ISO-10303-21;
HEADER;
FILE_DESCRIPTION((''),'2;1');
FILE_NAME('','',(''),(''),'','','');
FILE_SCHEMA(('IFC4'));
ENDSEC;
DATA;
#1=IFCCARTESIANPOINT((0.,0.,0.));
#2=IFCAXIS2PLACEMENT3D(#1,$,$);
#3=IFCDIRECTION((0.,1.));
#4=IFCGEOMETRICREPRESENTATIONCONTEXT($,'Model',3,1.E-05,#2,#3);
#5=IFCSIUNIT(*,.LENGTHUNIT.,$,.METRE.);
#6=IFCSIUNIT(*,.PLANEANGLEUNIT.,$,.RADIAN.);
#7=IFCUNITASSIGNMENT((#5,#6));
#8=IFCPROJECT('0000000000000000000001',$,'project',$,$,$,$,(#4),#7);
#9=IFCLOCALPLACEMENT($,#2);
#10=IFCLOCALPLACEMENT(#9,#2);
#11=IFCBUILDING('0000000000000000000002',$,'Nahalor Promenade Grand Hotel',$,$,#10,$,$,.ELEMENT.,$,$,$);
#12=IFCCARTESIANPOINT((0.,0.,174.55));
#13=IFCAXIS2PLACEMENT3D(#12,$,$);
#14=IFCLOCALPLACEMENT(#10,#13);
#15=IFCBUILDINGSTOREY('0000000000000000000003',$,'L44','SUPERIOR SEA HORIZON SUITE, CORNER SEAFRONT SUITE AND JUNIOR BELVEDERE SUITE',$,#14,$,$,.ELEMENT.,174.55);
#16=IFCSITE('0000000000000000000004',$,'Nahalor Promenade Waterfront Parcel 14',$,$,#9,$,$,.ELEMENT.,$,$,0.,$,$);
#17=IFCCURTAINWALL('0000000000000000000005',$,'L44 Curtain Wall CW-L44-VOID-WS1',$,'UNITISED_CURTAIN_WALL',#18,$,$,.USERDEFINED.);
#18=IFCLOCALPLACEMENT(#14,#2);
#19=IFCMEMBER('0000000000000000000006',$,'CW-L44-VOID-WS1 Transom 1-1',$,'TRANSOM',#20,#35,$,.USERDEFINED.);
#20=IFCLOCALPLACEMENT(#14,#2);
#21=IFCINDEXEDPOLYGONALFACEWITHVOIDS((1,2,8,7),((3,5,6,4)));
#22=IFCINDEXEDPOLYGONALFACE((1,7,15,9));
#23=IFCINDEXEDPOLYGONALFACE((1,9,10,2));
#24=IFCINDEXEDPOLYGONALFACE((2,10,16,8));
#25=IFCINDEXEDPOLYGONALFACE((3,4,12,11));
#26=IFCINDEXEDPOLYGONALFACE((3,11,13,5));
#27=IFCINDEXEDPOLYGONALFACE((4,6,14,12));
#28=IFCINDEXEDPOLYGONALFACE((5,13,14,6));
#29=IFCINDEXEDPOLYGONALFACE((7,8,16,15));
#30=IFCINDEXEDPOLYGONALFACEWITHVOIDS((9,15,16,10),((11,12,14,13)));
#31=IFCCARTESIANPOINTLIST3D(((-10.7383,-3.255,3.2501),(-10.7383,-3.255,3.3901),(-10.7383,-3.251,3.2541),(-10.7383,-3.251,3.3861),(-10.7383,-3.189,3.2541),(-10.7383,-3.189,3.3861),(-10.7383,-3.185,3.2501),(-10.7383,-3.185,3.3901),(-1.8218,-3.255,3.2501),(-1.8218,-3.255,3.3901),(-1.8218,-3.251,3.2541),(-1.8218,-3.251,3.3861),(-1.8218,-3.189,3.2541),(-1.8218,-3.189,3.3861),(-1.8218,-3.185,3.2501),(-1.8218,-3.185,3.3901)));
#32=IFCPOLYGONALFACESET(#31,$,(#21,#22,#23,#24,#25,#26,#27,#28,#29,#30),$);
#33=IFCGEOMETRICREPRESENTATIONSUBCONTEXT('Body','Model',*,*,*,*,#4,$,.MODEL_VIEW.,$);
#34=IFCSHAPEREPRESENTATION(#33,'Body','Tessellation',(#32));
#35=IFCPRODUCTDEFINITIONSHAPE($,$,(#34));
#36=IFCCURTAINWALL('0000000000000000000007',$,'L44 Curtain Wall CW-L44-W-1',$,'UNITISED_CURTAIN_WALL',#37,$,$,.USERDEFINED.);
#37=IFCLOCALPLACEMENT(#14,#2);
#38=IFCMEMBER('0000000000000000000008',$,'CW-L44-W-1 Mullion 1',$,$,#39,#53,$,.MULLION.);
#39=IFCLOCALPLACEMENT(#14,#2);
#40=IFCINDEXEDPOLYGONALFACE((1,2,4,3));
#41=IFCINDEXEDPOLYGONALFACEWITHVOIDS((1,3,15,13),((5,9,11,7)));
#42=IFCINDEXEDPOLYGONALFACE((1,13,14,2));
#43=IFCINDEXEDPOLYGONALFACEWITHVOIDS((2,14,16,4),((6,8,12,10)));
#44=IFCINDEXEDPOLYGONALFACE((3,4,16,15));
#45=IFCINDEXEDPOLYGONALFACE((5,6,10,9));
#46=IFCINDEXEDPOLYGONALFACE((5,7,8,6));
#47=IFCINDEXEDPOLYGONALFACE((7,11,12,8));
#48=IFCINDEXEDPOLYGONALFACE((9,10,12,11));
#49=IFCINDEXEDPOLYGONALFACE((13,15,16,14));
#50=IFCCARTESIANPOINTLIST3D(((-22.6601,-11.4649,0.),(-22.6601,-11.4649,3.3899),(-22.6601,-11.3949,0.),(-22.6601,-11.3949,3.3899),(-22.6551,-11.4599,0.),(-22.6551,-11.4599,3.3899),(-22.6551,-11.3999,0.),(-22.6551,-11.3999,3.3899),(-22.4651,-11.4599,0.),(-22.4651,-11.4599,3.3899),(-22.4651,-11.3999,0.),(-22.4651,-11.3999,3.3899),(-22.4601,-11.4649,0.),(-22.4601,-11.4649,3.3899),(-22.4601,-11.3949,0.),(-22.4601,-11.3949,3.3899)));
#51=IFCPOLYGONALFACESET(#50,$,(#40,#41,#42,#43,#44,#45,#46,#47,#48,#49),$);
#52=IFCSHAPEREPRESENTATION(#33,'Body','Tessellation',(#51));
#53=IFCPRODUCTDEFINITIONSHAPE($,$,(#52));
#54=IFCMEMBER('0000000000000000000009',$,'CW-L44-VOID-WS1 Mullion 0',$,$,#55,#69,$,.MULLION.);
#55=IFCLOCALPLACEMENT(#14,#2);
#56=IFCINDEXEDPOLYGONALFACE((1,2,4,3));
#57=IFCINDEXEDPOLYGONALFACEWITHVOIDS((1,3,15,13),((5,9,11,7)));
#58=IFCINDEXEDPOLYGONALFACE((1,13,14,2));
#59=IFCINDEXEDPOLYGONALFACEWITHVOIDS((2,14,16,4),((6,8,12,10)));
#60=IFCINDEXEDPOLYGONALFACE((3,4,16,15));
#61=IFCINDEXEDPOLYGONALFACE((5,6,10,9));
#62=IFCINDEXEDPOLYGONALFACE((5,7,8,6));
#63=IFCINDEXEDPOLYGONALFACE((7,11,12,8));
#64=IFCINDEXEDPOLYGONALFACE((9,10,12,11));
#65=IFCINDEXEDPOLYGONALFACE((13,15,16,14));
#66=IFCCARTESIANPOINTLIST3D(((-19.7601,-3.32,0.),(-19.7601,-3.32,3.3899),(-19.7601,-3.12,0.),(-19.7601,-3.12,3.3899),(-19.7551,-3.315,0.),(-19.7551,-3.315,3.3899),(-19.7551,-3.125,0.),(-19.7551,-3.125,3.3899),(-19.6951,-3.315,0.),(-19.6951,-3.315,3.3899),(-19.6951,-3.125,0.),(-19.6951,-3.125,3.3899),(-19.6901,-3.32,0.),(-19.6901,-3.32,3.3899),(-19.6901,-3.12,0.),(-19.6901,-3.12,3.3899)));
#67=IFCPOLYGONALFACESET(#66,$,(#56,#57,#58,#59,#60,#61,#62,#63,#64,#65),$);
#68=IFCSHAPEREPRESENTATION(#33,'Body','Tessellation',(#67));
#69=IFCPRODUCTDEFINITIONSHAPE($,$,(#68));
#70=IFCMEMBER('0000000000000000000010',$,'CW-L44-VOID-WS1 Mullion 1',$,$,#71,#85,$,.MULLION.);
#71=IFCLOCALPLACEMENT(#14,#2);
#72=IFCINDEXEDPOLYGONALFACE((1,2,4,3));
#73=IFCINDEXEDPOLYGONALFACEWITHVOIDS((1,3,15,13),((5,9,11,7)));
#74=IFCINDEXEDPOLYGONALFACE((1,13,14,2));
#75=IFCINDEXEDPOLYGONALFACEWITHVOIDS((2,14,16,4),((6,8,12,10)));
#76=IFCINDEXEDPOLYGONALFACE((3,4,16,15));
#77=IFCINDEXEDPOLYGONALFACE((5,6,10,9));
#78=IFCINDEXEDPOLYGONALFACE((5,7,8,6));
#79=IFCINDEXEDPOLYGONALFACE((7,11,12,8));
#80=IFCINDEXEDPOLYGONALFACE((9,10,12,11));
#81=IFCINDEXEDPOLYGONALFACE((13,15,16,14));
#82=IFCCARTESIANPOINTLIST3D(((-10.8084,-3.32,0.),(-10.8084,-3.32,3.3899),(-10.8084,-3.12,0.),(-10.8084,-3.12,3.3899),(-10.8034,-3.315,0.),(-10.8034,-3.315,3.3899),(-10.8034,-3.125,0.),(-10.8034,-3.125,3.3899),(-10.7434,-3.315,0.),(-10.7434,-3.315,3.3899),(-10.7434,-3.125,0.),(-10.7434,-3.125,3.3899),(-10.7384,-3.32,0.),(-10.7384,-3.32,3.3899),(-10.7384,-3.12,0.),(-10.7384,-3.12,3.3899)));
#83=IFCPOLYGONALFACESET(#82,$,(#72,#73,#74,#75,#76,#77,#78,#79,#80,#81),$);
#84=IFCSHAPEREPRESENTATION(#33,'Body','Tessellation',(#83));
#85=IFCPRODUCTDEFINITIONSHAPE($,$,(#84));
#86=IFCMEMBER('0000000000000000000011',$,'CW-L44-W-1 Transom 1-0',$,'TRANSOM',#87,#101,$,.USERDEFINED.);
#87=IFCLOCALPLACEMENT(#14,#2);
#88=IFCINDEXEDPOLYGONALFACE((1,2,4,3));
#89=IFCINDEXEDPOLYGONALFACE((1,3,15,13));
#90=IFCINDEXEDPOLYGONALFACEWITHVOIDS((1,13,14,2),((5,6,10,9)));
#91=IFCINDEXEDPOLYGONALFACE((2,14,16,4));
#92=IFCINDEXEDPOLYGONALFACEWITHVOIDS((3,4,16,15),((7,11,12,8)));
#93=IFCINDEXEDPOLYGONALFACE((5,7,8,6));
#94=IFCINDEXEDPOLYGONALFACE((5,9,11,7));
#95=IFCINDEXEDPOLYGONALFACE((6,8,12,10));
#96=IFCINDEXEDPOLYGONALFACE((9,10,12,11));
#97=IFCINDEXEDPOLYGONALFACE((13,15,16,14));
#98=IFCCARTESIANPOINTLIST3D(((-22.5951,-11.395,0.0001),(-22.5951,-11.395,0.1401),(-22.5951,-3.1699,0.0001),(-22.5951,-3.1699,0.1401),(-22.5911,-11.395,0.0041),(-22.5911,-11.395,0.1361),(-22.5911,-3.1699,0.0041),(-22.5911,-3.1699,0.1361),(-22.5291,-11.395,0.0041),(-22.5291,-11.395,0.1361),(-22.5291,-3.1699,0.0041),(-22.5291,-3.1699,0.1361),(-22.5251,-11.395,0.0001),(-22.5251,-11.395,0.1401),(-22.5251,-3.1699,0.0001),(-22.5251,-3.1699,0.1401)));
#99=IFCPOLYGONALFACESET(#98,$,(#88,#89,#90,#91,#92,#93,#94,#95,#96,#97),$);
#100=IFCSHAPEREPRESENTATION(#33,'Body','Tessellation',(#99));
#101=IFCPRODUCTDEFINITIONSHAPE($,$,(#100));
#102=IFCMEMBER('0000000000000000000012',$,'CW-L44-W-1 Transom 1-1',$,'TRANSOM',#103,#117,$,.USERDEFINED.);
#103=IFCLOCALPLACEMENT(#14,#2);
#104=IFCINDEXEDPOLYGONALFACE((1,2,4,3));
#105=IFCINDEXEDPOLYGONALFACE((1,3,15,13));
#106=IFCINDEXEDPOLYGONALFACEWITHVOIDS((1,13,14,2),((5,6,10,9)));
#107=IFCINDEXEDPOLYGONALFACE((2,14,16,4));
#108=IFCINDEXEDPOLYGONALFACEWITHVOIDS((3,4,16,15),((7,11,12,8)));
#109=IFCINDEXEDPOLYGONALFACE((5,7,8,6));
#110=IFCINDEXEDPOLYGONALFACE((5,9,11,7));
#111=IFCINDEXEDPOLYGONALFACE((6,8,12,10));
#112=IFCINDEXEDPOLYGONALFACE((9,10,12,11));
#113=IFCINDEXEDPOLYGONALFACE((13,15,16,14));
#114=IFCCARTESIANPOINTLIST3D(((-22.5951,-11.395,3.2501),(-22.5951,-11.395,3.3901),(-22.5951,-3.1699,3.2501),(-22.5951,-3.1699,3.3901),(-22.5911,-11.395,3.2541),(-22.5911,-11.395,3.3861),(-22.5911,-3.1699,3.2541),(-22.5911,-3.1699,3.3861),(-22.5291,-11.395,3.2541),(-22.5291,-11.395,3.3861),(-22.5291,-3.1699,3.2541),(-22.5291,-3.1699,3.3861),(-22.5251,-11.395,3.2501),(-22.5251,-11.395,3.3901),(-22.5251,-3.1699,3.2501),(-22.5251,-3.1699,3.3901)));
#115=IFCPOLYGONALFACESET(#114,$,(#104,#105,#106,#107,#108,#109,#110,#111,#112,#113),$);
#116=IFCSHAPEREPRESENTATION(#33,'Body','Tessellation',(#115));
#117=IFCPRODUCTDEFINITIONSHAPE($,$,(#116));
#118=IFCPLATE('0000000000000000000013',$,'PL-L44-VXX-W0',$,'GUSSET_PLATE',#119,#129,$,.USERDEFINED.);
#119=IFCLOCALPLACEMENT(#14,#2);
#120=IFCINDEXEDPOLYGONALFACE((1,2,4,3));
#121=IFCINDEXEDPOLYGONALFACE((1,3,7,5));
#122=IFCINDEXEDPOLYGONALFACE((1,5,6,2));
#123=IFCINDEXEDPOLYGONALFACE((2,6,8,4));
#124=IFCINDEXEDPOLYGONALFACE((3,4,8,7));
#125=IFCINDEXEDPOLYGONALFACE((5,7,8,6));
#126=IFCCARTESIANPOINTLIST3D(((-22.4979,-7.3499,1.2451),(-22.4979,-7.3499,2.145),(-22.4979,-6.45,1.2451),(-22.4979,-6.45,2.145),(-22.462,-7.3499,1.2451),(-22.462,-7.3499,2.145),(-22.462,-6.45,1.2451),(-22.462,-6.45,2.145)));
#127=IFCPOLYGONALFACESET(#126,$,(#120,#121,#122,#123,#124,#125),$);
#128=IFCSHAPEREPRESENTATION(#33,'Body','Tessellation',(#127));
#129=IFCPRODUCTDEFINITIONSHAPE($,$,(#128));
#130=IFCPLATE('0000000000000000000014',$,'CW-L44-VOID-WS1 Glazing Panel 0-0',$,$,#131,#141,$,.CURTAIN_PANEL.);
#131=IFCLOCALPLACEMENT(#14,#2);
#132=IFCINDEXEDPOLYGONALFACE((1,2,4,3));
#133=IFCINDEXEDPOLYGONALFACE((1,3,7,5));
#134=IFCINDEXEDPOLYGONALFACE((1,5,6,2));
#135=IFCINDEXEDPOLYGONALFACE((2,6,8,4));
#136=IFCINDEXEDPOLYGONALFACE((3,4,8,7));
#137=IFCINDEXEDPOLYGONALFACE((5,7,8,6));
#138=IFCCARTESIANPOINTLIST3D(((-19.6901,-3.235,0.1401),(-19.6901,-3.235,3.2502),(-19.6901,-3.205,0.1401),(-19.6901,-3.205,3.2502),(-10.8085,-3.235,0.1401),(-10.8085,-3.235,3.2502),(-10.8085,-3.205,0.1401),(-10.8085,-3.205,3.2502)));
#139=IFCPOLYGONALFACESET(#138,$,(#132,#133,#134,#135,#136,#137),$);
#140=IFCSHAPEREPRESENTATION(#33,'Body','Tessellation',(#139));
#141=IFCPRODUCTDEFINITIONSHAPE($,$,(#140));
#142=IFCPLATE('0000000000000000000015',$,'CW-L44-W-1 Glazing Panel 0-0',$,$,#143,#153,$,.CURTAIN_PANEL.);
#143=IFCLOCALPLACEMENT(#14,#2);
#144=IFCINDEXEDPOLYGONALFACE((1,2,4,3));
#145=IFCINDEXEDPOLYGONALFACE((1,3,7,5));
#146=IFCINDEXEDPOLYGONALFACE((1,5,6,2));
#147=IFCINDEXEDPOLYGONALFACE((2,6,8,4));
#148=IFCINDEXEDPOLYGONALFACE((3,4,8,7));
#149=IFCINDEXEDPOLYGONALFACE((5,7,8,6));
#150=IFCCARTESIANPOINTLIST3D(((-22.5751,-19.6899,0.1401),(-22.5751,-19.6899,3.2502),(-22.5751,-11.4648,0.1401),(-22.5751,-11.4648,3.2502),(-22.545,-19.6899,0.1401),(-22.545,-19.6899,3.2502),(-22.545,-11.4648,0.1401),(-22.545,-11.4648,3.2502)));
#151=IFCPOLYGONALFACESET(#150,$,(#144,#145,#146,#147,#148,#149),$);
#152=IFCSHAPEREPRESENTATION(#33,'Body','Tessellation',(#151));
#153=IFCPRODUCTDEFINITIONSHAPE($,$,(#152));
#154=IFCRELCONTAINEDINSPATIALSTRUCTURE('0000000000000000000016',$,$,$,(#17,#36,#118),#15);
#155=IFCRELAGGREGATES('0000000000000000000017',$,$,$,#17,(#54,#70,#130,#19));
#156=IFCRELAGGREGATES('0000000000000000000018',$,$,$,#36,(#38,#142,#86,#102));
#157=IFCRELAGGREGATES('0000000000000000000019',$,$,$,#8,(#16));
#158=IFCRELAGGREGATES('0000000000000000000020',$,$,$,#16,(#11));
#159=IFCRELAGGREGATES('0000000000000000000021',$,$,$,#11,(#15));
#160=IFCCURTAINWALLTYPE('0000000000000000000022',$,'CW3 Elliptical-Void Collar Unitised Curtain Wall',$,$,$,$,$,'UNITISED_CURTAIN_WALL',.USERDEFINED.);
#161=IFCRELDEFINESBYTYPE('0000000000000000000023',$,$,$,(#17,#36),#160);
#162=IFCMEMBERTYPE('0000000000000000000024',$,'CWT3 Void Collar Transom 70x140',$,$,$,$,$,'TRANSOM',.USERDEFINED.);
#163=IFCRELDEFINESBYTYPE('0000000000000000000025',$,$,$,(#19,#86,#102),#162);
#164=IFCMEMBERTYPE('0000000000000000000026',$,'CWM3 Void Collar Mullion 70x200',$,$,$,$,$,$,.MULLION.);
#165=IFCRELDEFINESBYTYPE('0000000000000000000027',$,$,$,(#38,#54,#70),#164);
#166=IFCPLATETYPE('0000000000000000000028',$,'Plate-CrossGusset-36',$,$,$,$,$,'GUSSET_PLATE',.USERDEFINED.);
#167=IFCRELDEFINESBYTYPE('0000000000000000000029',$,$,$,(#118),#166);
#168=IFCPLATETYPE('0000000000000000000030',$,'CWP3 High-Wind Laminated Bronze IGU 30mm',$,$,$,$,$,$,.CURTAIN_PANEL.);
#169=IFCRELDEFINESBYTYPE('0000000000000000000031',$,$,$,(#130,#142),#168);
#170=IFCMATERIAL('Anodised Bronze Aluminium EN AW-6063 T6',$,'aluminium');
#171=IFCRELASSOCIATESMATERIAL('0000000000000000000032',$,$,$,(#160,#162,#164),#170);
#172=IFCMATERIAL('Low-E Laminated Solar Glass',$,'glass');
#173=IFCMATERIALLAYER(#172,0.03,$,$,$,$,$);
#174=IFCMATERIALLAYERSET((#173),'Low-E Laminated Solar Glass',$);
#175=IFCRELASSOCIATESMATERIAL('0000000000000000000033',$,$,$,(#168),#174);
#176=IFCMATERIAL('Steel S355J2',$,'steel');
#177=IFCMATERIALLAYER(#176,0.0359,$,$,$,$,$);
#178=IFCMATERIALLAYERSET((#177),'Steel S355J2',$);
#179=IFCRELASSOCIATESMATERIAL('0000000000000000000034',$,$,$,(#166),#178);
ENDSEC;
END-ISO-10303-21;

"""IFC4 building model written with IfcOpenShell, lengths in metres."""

from ifc_helpers import new_model, si_unit, direction, frame, origin, origin_2d, place, context, subcontext, project, spatial, rectangle, hollow_rectangle, extrude, source, transform, mapped, material, layer, layer_set, material_profile, profile_set, type_object, element, aggregate, save


model = new_model("IFC4")

# Units and contexts
model_context = context("Model", 3, precision=1e-05, world=origin(), true_north=direction((0.0, 1.0)))
body_context = subcontext(model_context, "Body", "Model", "MODEL_VIEW")
ifc_project = project(units=[si_unit("LENGTHUNIT", "METRE"), si_unit("PLANEANGLEUNIT", "RADIAN")], contexts=[model_context])

# Site, building, storey
site_placement = place(None, origin())
site = spatial("IfcSite", under=ifc_project, at=site_placement, Name="Nahalor Promenade Waterfront Parcel 14", CompositionType="ELEMENT", RefElevation=0.0)
building_placement = place(site_placement, origin())
building = spatial("IfcBuilding", under=site, at=building_placement, Name="Nahalor Promenade Grand Hotel", CompositionType="ELEMENT")
storey_placement = place(building_placement, frame((0.0, 0.0, 174.55)))
storey = spatial("IfcBuildingStorey", under=building, at=storey_placement, Name="L44", Description="SUPERIOR SEA HORIZON SUITE, CORNER SEAFRONT SUITE AND JUNIOR BELVEDERE SUITE", CompositionType="ELEMENT", Elevation=174.55)

# Shared definitions
ifc_material_1 = material(Name="Steel S355J2", Category="steel")

# Curtain wall, member
ifc_material_2 = material(Name="Anodised Bronze Aluminium EN AW-6063 T6", Category="aluminium")
curtain_wall_type = type_object("IfcCurtainWallType", Name="CW3 Elliptical-Void Collar Unitised Curtain Wall", ElementType="UNITISED_CURTAIN_WALL", PredefinedType="USERDEFINED", material=ifc_material_2)
curtain_wall_1_placement = place(storey_placement, origin())
curtain_wall_1 = element("IfcCurtainWall", 1, at=curtain_wall_1_placement, inside=storey, type_object=curtain_wall_type, Name="L44 Curtain Wall CW-L44-VOID-WS1", ObjectType="UNITISED_CURTAIN_WALL", PredefinedType="USERDEFINED")
ifc_material_profile_1 = material_profile(ifc_material_2, hollow_rectangle(XDim=0.07, YDim=0.14, WallThickness=0.004, at=origin_2d()), Name="CWT 70x140x4")
ifc_profile_set_1 = profile_set([ifc_material_profile_1], Name="Anodised Bronze Aluminium EN AW-6063 T6")
member_type_1 = type_object("IfcMemberType", Name="CWT3 Void Collar Transom 70x140", ElementType="TRANSOM", PredefinedType="USERDEFINED", material=ifc_profile_set_1)
shared_shape_1 = source(origin(), body_context, "Body", "SweptSolid", [
    extrude(hollow_rectangle(XDim=0.07, YDim=0.14, WallThickness=0.004, at=origin_2d()), origin(), (0.0, 0.0, 1.0), 8.9165),
])
member_1_placement = place(storey_placement, frame((-10.7383, -3.22, 3.3201), z_axis=(1.0, 0.0, 0.0), x_axis=(0.0, 1.0, 0.0)))
member_1 = element("IfcMember", 2, at=member_1_placement, type_object=member_type_1, Name="CW-L44-VOID-WS1 Transom 1-1", ObjectType="TRANSOM", PredefinedType="USERDEFINED", context=body_context, shape_type="MappedRepresentation", body=[
    mapped(shared_shape_1, transform((0.0, 0.0, 0.0), scale=1.0)),
])

# Curtain wall, member
curtain_wall_2_placement = place(storey_placement, origin())
curtain_wall_2 = element("IfcCurtainWall", 3, at=curtain_wall_2_placement, inside=storey, type_object=curtain_wall_type, Name="L44 Curtain Wall CW-L44-W-1", ObjectType="UNITISED_CURTAIN_WALL", PredefinedType="USERDEFINED")
ifc_material_profile_2 = material_profile(ifc_material_2, hollow_rectangle(XDim=0.07, YDim=0.2, WallThickness=0.005, at=origin_2d()), Name="CWM 70x200x5")
ifc_profile_set_2 = profile_set([ifc_material_profile_2], Name="Anodised Bronze Aluminium EN AW-6063 T6")
member_type_2 = type_object("IfcMemberType", Name="CWM3 Void Collar Mullion 70x200", PredefinedType="MULLION", material=ifc_profile_set_2)
shared_shape_2 = source(origin(), body_context, "Body", "SweptSolid", [
    extrude(hollow_rectangle(XDim=0.07, YDim=0.2, WallThickness=0.005, at=origin_2d()), origin(), (0.0, 0.0, 1.0), 3.3899),
])
member_2_placement = place(storey_placement, frame((-22.5601, -11.4299, 0.0), z_axis=(0.0, 0.0, 1.0), x_axis=(0.0, 1.0, 0.0)))
member_2 = element("IfcMember", 4, at=member_2_placement, type_object=member_type_2, Name="CW-L44-W-1 Mullion 1", PredefinedType="MULLION", context=body_context, shape_type="MappedRepresentation", body=[
    mapped(shared_shape_2, transform((0.0, 0.0, 0.0), scale=1.0)),
])

# Members
member_3_placement = place(storey_placement, frame((-19.7251, -3.22, 0.0), z_axis=(0.0, 0.0, 1.0), x_axis=(1.0, 0.0, 0.0)))
member_3 = element("IfcMember", 5, at=member_3_placement, type_object=member_type_2, Name="CW-L44-VOID-WS1 Mullion 0", PredefinedType="MULLION", context=body_context, shape_type="MappedRepresentation", body=[
    mapped(shared_shape_2, transform((0.0, 0.0, 0.0), scale=1.0)),
])
member_4_placement = place(storey_placement, frame((-10.7734, -3.22, 0.0), z_axis=(0.0, 0.0, 1.0), x_axis=(1.0, 0.0, 0.0)))
member_4 = element("IfcMember", 6, at=member_4_placement, type_object=member_type_2, Name="CW-L44-VOID-WS1 Mullion 1", PredefinedType="MULLION", context=body_context, shape_type="MappedRepresentation", body=[
    mapped(shared_shape_2, transform((0.0, 0.0, 0.0), scale=1.0)),
])
shared_shape_3 = source(origin(), body_context, "Body", "SweptSolid", [
    extrude(hollow_rectangle(XDim=0.07, YDim=0.14, WallThickness=0.004, at=origin_2d()), origin(), (0.0, 0.0, 1.0), 8.2251),
])
member_5_placement = place(storey_placement, frame((-22.5601, -11.395, 0.0701), z_axis=(0.0, 1.0, 0.0), x_axis=(-1.0, 0.0, 0.0)))
member_5 = element("IfcMember", 7, at=member_5_placement, type_object=member_type_1, Name="CW-L44-W-1 Transom 1-0", ObjectType="TRANSOM", PredefinedType="USERDEFINED", context=body_context, shape_type="MappedRepresentation", body=[
    mapped(shared_shape_3, transform((0.0, 0.0, 0.0), scale=1.0)),
])
member_6_placement = place(storey_placement, frame((-22.5601, -11.395, 3.3201), z_axis=(0.0, 1.0, 0.0), x_axis=(-1.0, 0.0, 0.0)))
member_6 = element("IfcMember", 8, at=member_6_placement, type_object=member_type_1, Name="CW-L44-W-1 Transom 1-1", ObjectType="TRANSOM", PredefinedType="USERDEFINED", context=body_context, shape_type="MappedRepresentation", body=[
    mapped(shared_shape_3, transform((0.0, 0.0, 0.0), scale=1.0)),
])

# Plates
ifc_material_3 = material(Name="Low-E Laminated Solar Glass", Category="glass")
ifc_layer_1 = layer(ifc_material_3, 0.03)
ifc_layer_set_1 = layer_set([ifc_layer_1], Name="Low-E Laminated Solar Glass")
plate_type_1 = type_object("IfcPlateType", Name="CWP3 High-Wind Laminated Bronze IGU 30mm", PredefinedType="CURTAIN_PANEL", material=ifc_layer_set_1)
ifc_layer_2 = layer(ifc_material_1, 0.0359)
ifc_layer_set_2 = layer_set([ifc_layer_2], Name="Steel S355J2")
plate_type_2 = type_object("IfcPlateType", Name="Plate-CrossGusset-36", ElementType="GUSSET_PLATE", PredefinedType="USERDEFINED", material=ifc_layer_set_2)
shared_shape_4 = source(origin(), body_context, "Body", "SweptSolid", [
    extrude(rectangle(XDim=0.8999, YDim=0.0359, at=origin_2d()), origin(), (0.0, 0.0, 1.0), 0.8999),
])
plate_1_placement = place(storey_placement, frame((-22.48, -6.8999, 1.2451), z_axis=(0.0, 0.0, 1.0), x_axis=(0.0, 1.0, 0.0)))
element("IfcPlate", 9, at=plate_1_placement, inside=storey, type_object=plate_type_2, Name="PL-L44-VXX-W0", ObjectType="GUSSET_PLATE", PredefinedType="USERDEFINED", context=body_context, shape_type="MappedRepresentation", body=[
    mapped(shared_shape_4, transform((0.0, 0.0, 0.0), scale=1.0)),
])
shared_shape_5 = source(origin(), body_context, "Body", "SweptSolid", [
    extrude(rectangle(XDim=8.8816, YDim=0.03, at=origin_2d()), origin(), (0.0, 0.0, 1.0), 3.1101),
])
plate_2_placement = place(storey_placement, frame((-15.2493, -3.22, 0.1401), z_axis=(0.0, 0.0, 1.0), x_axis=(1.0, 0.0, 0.0)))
plate_2 = element("IfcPlate", 10, at=plate_2_placement, type_object=plate_type_1, Name="CW-L44-VOID-WS1 Glazing Panel 0-0", PredefinedType="CURTAIN_PANEL", context=body_context, shape_type="MappedRepresentation", body=[
    mapped(shared_shape_5, transform((0.0, 0.0, 0.0), scale=1.0)),
])
aggregate(curtain_wall_1, [member_3, member_4, plate_2, member_1])
shared_shape_6 = source(origin(), body_context, "Body", "SweptSolid", [
    extrude(rectangle(XDim=8.2251, YDim=0.03, at=origin_2d()), origin(), (0.0, 0.0, 1.0), 3.1101),
])
plate_3_placement = place(storey_placement, frame((-22.5601, -15.5774, 0.1401), z_axis=(0.0, 0.0, 1.0), x_axis=(0.0, 1.0, 0.0)))
plate_3 = element("IfcPlate", 11, at=plate_3_placement, type_object=plate_type_1, Name="CW-L44-W-1 Glazing Panel 0-0", PredefinedType="CURTAIN_PANEL", context=body_context, shape_type="MappedRepresentation", body=[
    mapped(shared_shape_6, transform((0.0, 0.0, 0.0), scale=1.0)),
])
aggregate(curtain_wall_2, [member_2, plate_3, member_5, member_6])

save(model, "model.ifc")
